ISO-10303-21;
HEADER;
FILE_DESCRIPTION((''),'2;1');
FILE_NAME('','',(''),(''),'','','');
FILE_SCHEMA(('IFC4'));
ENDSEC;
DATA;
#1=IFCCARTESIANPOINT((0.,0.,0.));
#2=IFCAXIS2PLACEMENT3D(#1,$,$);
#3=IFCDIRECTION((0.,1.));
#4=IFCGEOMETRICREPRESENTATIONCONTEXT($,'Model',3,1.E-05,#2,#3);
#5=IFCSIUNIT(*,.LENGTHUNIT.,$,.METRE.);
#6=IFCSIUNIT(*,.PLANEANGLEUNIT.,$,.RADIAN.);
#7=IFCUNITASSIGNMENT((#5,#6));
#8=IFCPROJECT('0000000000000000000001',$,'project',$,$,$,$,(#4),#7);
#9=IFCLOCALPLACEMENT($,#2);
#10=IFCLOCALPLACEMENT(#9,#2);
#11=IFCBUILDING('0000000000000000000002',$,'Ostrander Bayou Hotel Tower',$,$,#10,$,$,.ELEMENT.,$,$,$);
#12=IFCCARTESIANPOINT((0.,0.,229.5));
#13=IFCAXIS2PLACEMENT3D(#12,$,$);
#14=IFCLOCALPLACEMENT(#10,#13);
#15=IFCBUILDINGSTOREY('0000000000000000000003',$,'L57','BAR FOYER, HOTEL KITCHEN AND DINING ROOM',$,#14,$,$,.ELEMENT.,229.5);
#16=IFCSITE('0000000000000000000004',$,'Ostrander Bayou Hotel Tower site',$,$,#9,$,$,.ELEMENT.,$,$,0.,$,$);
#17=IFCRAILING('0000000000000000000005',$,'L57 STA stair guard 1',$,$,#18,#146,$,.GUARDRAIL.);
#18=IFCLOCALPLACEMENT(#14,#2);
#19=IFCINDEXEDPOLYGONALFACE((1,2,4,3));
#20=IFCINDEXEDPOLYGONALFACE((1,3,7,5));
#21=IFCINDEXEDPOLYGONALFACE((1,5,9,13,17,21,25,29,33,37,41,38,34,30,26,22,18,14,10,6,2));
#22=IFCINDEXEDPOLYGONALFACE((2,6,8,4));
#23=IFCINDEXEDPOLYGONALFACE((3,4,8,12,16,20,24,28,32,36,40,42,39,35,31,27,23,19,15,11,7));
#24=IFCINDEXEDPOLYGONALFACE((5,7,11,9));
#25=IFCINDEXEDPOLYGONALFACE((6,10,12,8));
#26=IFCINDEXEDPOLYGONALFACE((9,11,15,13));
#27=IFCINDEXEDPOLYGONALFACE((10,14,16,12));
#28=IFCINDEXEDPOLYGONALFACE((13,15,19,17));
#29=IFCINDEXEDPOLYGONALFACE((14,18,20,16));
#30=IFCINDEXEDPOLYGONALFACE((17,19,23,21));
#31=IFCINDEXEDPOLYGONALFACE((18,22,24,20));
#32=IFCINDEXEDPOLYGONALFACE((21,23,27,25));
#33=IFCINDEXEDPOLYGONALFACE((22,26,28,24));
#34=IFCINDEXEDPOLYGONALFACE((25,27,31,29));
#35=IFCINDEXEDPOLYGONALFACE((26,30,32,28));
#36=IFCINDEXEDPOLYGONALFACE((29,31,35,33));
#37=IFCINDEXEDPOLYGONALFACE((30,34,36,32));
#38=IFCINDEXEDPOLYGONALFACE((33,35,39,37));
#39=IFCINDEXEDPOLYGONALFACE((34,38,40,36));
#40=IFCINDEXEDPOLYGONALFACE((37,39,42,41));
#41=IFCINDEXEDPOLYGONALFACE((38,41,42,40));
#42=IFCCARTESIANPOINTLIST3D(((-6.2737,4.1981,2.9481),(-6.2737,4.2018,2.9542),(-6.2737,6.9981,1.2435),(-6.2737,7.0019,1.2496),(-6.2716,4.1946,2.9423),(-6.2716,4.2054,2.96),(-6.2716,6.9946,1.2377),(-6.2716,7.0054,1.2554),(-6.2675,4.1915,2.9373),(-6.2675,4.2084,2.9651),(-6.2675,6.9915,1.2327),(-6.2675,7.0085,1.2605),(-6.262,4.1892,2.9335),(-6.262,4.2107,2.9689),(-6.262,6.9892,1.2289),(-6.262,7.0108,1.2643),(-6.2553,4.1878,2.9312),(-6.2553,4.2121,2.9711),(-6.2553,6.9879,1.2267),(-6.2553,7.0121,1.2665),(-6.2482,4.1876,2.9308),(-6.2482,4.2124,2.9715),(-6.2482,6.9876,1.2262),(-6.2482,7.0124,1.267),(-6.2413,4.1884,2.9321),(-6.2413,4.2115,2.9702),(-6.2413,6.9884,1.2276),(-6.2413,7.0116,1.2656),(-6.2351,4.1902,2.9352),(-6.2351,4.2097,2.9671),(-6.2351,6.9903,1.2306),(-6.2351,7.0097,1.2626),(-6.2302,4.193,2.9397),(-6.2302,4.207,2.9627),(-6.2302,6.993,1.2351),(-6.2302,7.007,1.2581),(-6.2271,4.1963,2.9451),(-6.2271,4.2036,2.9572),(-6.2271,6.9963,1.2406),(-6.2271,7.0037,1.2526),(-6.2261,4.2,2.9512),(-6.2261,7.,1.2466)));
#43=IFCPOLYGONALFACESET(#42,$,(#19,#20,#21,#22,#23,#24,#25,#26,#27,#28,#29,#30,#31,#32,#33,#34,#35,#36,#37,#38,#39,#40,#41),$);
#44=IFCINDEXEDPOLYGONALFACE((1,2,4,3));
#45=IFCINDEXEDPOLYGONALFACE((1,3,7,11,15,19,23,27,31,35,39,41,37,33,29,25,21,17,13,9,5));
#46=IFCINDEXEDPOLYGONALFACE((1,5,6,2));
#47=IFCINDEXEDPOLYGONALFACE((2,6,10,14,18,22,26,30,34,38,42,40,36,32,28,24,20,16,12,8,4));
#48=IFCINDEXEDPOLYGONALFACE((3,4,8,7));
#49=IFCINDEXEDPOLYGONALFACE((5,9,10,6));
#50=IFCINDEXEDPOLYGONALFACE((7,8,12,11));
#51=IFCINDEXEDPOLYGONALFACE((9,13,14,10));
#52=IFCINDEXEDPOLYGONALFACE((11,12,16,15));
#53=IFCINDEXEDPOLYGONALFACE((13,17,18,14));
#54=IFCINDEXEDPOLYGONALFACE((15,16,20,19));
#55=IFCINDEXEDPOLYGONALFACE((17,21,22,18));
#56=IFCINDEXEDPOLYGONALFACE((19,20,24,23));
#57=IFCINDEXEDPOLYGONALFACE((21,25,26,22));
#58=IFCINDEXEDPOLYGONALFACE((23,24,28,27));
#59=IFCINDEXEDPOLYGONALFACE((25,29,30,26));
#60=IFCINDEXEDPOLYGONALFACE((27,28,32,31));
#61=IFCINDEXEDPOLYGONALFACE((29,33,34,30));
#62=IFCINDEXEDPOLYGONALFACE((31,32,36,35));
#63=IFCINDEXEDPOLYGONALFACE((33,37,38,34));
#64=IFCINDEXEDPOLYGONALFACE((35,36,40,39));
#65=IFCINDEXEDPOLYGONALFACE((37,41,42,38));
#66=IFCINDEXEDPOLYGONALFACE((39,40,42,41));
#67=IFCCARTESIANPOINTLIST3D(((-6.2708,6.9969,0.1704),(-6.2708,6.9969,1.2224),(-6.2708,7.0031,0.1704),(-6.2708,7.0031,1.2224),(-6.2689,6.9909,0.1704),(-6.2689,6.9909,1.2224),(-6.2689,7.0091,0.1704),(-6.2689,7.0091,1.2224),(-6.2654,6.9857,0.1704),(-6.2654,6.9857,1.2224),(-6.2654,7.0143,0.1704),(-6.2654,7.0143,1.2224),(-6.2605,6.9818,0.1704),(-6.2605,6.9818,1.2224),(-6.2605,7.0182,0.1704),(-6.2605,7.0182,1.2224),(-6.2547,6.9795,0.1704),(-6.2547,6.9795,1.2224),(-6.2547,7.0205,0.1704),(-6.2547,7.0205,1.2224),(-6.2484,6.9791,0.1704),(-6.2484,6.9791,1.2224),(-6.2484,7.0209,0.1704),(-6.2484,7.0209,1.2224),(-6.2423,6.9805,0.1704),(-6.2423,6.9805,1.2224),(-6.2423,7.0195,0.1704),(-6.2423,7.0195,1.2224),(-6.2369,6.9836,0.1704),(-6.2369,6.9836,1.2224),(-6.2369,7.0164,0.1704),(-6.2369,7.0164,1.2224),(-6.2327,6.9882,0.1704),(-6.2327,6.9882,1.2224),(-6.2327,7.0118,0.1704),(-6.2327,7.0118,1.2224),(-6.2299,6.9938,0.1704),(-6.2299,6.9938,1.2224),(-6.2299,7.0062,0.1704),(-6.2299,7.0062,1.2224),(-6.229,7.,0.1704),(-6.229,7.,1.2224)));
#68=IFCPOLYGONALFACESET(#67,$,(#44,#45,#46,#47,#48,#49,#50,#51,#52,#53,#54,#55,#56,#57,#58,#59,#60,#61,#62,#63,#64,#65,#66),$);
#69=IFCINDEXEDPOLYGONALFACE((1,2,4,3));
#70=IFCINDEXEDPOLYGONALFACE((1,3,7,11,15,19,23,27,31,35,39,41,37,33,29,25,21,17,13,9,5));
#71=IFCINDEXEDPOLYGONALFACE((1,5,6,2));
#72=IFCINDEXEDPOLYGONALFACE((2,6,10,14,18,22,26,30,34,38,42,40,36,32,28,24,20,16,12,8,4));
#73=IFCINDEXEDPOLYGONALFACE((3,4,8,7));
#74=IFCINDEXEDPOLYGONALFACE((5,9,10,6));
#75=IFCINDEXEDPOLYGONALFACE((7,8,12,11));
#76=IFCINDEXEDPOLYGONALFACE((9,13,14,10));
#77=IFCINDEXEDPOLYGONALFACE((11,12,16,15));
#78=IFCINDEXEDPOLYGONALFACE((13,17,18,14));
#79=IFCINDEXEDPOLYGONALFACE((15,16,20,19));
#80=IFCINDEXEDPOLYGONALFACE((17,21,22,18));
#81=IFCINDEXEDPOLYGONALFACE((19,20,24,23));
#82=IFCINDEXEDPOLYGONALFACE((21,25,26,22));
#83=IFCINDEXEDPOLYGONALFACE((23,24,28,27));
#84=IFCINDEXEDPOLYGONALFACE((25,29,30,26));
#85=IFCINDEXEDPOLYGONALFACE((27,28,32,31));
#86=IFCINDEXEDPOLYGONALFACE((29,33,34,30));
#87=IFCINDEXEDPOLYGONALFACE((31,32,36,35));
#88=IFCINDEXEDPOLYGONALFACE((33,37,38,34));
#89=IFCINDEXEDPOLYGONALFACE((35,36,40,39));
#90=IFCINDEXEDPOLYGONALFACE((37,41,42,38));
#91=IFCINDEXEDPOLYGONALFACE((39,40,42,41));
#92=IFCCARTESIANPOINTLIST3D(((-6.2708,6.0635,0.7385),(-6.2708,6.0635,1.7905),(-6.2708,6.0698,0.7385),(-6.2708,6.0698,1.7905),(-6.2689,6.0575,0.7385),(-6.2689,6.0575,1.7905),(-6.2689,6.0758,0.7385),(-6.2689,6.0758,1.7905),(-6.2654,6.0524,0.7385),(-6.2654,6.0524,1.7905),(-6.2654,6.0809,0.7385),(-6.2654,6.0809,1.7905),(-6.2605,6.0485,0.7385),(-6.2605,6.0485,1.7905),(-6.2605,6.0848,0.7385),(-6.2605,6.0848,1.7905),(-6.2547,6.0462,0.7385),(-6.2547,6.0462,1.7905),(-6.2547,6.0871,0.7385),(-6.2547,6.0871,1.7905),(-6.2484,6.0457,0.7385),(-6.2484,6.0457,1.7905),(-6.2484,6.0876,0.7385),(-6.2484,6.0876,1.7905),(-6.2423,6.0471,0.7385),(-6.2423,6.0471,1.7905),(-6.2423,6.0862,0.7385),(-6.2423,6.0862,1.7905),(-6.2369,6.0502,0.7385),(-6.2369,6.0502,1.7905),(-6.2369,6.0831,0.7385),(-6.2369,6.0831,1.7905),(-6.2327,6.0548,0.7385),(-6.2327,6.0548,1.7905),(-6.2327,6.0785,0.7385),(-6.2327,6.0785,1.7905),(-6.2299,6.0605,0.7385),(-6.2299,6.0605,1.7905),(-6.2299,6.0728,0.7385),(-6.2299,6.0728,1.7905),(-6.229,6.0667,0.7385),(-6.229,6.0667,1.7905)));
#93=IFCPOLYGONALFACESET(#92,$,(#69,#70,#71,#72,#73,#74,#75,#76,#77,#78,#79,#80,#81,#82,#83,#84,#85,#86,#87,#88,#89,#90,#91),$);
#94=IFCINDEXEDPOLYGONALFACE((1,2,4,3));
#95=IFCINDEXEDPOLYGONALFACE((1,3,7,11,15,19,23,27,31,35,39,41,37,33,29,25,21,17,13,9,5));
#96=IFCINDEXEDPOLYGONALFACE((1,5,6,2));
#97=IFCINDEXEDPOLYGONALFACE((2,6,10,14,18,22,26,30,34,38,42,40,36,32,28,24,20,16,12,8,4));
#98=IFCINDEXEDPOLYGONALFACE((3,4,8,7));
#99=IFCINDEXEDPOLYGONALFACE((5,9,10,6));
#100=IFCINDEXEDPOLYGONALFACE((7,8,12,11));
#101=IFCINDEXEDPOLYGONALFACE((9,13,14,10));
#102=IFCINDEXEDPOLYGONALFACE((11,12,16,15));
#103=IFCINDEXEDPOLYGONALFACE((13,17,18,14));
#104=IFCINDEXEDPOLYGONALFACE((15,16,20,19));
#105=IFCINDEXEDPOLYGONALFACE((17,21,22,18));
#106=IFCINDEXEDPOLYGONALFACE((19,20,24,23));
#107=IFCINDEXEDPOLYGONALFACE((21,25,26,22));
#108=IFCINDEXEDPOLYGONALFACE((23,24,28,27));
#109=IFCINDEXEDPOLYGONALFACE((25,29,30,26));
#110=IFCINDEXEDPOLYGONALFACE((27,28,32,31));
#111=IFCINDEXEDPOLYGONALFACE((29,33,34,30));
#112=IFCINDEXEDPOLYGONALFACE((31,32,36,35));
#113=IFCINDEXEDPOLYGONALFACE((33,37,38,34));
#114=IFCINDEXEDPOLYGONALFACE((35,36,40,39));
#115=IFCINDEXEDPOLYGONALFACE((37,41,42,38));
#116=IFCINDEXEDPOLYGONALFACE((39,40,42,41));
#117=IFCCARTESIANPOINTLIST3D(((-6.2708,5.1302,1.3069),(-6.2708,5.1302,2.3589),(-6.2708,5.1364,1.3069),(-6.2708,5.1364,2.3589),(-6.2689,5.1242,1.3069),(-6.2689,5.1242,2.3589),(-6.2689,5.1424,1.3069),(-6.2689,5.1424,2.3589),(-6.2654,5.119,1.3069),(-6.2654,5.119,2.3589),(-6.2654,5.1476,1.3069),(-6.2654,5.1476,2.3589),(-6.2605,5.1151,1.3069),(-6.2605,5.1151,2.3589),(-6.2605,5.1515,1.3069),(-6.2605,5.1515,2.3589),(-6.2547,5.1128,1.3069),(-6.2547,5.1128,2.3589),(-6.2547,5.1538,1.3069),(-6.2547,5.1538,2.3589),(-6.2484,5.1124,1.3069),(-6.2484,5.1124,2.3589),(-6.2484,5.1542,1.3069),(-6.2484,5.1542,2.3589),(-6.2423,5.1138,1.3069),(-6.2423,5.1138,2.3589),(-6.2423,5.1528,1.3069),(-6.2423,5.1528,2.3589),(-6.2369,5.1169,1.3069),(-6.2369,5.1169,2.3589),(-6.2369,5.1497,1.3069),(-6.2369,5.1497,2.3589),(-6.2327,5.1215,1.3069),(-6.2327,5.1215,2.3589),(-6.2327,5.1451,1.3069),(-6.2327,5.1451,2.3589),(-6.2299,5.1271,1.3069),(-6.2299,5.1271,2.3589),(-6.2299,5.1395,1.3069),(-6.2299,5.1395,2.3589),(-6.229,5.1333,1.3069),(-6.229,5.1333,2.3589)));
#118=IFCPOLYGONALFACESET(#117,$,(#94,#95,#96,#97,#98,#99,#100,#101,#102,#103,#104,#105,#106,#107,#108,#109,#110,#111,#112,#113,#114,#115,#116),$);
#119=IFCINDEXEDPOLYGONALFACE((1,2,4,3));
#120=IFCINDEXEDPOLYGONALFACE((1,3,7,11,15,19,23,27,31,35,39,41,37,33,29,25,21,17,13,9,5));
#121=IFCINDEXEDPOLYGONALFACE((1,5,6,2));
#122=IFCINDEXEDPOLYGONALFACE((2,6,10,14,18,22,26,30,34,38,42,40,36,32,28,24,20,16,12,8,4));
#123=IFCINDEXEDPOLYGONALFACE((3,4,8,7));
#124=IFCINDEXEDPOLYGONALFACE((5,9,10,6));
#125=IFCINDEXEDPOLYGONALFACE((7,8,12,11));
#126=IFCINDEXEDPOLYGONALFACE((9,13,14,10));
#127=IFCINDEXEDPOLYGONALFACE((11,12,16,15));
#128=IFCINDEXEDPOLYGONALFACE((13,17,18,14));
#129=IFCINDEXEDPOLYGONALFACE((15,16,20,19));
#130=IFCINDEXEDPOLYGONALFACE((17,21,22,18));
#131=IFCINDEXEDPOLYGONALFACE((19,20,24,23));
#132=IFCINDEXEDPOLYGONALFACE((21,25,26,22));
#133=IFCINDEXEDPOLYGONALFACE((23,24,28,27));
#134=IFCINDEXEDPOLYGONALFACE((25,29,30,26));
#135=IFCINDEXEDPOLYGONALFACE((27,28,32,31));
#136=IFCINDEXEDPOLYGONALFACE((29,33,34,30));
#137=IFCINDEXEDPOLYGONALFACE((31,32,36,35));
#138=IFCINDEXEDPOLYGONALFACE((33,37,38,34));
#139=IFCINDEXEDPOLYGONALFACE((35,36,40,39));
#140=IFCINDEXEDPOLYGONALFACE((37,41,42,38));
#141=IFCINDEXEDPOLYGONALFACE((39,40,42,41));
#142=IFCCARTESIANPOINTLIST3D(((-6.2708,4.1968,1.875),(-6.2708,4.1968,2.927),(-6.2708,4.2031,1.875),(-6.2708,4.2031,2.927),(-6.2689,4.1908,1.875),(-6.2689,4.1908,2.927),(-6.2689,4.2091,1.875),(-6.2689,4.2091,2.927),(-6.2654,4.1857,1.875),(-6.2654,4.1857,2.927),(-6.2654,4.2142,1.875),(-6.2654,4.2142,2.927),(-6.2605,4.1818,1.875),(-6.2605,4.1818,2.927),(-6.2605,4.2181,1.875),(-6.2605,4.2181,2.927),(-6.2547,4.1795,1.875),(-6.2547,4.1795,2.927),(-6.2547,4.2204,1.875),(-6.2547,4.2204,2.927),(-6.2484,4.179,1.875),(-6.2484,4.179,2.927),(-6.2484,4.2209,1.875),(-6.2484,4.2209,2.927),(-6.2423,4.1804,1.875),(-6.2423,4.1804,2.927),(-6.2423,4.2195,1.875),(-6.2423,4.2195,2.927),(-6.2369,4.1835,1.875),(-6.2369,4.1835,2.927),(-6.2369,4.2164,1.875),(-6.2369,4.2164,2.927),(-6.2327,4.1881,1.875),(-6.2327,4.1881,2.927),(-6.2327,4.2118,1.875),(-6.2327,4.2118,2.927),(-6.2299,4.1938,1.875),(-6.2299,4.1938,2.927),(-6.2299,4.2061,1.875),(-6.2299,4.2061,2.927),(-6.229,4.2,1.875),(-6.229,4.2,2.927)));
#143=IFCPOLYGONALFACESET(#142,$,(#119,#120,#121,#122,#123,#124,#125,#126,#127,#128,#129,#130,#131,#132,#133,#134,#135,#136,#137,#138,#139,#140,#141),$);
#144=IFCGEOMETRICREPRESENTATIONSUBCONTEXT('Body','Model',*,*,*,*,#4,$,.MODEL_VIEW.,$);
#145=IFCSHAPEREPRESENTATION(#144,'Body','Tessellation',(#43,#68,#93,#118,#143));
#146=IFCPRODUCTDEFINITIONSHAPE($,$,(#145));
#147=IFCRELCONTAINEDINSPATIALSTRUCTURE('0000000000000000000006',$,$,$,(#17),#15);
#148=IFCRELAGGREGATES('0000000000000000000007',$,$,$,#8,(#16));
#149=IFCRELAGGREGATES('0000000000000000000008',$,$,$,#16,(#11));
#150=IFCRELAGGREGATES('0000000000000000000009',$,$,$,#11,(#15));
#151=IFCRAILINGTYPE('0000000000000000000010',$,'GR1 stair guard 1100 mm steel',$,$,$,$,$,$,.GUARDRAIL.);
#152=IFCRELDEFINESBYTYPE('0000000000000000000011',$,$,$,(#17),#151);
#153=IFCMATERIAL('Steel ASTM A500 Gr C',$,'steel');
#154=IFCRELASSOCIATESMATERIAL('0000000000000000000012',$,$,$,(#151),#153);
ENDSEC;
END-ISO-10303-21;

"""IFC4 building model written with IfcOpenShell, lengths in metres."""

from ifc_helpers import new_model, si_unit, direction, frame, origin, origin_2d, place, context, subcontext, project, spatial, circle, extrude, material, type_object, element, save


model = new_model("IFC4")

# Units and contexts
model_context = context("Model", 3, precision=1e-05, world=origin(), true_north=direction((0.0, 1.0)))
body_context = subcontext(model_context, "Body", "Model", "MODEL_VIEW")
ifc_project = project(units=[si_unit("LENGTHUNIT", "METRE"), si_unit("PLANEANGLEUNIT", "RADIAN")], contexts=[model_context])

# Site, building, storey
site_placement = place(None, origin())
site = spatial("IfcSite", under=ifc_project, at=site_placement, Name="Ostrander Bayou Hotel Tower site", CompositionType="ELEMENT", RefElevation=0.0)
building_placement = place(site_placement, origin())
building = spatial("IfcBuilding", under=site, at=building_placement, Name="Ostrander Bayou Hotel Tower", CompositionType="ELEMENT")
storey_placement = place(building_placement, frame((0.0, 0.0, 229.5)))
storey = spatial("IfcBuildingStorey", under=building, at=storey_placement, Name="L57", Description="BAR FOYER, HOTEL KITCHEN AND DINING ROOM", CompositionType="ELEMENT", Elevation=229.5)

# Railing
ifc_material_1 = material(Name="Steel ASTM A500 Gr C", Category="steel")
railing_type_1 = type_object("IfcRailingType", Name="GR1 stair guard 1100 mm steel", PredefinedType="GUARDRAIL", material=ifc_material_1)
railing_1_placement = place(storey_placement, frame((-6.25, 7.0, 0.1704)))
element("IfcRailing", 1, at=railing_1_placement, inside=storey, type_object=railing_type_1, Name="L57 STA stair guard 1", PredefinedType="GUARDRAIL", context=body_context, shape_type="SweptSolid", body=[
    extrude(circle(Radius=0.0239, at=origin_2d()), frame((0.0, 0.0, 1.0762), z_axis=(0.0, -0.85417, 0.519994), x_axis=(1.0, 0.0, 0.0)), (0.0, 0.0, 1.0), 3.2781),
    extrude(circle(Radius=0.021, at=origin_2d()), origin(), (0.0, 0.0, 1.0), 1.052),
    extrude(circle(Radius=0.021, at=origin_2d()), frame((0.0, -0.9333, 0.5681)), (0.0, 0.0, 1.0), 1.052),
    extrude(circle(Radius=0.021, at=origin_2d()), frame((0.0, -1.8667, 1.1365)), (0.0, 0.0, 1.0), 1.052),
    extrude(circle(Radius=0.021, at=origin_2d()), frame((0.0, -2.8, 1.7046)), (0.0, 0.0, 1.0), 1.052),
])

save(model, "model.ifc")
